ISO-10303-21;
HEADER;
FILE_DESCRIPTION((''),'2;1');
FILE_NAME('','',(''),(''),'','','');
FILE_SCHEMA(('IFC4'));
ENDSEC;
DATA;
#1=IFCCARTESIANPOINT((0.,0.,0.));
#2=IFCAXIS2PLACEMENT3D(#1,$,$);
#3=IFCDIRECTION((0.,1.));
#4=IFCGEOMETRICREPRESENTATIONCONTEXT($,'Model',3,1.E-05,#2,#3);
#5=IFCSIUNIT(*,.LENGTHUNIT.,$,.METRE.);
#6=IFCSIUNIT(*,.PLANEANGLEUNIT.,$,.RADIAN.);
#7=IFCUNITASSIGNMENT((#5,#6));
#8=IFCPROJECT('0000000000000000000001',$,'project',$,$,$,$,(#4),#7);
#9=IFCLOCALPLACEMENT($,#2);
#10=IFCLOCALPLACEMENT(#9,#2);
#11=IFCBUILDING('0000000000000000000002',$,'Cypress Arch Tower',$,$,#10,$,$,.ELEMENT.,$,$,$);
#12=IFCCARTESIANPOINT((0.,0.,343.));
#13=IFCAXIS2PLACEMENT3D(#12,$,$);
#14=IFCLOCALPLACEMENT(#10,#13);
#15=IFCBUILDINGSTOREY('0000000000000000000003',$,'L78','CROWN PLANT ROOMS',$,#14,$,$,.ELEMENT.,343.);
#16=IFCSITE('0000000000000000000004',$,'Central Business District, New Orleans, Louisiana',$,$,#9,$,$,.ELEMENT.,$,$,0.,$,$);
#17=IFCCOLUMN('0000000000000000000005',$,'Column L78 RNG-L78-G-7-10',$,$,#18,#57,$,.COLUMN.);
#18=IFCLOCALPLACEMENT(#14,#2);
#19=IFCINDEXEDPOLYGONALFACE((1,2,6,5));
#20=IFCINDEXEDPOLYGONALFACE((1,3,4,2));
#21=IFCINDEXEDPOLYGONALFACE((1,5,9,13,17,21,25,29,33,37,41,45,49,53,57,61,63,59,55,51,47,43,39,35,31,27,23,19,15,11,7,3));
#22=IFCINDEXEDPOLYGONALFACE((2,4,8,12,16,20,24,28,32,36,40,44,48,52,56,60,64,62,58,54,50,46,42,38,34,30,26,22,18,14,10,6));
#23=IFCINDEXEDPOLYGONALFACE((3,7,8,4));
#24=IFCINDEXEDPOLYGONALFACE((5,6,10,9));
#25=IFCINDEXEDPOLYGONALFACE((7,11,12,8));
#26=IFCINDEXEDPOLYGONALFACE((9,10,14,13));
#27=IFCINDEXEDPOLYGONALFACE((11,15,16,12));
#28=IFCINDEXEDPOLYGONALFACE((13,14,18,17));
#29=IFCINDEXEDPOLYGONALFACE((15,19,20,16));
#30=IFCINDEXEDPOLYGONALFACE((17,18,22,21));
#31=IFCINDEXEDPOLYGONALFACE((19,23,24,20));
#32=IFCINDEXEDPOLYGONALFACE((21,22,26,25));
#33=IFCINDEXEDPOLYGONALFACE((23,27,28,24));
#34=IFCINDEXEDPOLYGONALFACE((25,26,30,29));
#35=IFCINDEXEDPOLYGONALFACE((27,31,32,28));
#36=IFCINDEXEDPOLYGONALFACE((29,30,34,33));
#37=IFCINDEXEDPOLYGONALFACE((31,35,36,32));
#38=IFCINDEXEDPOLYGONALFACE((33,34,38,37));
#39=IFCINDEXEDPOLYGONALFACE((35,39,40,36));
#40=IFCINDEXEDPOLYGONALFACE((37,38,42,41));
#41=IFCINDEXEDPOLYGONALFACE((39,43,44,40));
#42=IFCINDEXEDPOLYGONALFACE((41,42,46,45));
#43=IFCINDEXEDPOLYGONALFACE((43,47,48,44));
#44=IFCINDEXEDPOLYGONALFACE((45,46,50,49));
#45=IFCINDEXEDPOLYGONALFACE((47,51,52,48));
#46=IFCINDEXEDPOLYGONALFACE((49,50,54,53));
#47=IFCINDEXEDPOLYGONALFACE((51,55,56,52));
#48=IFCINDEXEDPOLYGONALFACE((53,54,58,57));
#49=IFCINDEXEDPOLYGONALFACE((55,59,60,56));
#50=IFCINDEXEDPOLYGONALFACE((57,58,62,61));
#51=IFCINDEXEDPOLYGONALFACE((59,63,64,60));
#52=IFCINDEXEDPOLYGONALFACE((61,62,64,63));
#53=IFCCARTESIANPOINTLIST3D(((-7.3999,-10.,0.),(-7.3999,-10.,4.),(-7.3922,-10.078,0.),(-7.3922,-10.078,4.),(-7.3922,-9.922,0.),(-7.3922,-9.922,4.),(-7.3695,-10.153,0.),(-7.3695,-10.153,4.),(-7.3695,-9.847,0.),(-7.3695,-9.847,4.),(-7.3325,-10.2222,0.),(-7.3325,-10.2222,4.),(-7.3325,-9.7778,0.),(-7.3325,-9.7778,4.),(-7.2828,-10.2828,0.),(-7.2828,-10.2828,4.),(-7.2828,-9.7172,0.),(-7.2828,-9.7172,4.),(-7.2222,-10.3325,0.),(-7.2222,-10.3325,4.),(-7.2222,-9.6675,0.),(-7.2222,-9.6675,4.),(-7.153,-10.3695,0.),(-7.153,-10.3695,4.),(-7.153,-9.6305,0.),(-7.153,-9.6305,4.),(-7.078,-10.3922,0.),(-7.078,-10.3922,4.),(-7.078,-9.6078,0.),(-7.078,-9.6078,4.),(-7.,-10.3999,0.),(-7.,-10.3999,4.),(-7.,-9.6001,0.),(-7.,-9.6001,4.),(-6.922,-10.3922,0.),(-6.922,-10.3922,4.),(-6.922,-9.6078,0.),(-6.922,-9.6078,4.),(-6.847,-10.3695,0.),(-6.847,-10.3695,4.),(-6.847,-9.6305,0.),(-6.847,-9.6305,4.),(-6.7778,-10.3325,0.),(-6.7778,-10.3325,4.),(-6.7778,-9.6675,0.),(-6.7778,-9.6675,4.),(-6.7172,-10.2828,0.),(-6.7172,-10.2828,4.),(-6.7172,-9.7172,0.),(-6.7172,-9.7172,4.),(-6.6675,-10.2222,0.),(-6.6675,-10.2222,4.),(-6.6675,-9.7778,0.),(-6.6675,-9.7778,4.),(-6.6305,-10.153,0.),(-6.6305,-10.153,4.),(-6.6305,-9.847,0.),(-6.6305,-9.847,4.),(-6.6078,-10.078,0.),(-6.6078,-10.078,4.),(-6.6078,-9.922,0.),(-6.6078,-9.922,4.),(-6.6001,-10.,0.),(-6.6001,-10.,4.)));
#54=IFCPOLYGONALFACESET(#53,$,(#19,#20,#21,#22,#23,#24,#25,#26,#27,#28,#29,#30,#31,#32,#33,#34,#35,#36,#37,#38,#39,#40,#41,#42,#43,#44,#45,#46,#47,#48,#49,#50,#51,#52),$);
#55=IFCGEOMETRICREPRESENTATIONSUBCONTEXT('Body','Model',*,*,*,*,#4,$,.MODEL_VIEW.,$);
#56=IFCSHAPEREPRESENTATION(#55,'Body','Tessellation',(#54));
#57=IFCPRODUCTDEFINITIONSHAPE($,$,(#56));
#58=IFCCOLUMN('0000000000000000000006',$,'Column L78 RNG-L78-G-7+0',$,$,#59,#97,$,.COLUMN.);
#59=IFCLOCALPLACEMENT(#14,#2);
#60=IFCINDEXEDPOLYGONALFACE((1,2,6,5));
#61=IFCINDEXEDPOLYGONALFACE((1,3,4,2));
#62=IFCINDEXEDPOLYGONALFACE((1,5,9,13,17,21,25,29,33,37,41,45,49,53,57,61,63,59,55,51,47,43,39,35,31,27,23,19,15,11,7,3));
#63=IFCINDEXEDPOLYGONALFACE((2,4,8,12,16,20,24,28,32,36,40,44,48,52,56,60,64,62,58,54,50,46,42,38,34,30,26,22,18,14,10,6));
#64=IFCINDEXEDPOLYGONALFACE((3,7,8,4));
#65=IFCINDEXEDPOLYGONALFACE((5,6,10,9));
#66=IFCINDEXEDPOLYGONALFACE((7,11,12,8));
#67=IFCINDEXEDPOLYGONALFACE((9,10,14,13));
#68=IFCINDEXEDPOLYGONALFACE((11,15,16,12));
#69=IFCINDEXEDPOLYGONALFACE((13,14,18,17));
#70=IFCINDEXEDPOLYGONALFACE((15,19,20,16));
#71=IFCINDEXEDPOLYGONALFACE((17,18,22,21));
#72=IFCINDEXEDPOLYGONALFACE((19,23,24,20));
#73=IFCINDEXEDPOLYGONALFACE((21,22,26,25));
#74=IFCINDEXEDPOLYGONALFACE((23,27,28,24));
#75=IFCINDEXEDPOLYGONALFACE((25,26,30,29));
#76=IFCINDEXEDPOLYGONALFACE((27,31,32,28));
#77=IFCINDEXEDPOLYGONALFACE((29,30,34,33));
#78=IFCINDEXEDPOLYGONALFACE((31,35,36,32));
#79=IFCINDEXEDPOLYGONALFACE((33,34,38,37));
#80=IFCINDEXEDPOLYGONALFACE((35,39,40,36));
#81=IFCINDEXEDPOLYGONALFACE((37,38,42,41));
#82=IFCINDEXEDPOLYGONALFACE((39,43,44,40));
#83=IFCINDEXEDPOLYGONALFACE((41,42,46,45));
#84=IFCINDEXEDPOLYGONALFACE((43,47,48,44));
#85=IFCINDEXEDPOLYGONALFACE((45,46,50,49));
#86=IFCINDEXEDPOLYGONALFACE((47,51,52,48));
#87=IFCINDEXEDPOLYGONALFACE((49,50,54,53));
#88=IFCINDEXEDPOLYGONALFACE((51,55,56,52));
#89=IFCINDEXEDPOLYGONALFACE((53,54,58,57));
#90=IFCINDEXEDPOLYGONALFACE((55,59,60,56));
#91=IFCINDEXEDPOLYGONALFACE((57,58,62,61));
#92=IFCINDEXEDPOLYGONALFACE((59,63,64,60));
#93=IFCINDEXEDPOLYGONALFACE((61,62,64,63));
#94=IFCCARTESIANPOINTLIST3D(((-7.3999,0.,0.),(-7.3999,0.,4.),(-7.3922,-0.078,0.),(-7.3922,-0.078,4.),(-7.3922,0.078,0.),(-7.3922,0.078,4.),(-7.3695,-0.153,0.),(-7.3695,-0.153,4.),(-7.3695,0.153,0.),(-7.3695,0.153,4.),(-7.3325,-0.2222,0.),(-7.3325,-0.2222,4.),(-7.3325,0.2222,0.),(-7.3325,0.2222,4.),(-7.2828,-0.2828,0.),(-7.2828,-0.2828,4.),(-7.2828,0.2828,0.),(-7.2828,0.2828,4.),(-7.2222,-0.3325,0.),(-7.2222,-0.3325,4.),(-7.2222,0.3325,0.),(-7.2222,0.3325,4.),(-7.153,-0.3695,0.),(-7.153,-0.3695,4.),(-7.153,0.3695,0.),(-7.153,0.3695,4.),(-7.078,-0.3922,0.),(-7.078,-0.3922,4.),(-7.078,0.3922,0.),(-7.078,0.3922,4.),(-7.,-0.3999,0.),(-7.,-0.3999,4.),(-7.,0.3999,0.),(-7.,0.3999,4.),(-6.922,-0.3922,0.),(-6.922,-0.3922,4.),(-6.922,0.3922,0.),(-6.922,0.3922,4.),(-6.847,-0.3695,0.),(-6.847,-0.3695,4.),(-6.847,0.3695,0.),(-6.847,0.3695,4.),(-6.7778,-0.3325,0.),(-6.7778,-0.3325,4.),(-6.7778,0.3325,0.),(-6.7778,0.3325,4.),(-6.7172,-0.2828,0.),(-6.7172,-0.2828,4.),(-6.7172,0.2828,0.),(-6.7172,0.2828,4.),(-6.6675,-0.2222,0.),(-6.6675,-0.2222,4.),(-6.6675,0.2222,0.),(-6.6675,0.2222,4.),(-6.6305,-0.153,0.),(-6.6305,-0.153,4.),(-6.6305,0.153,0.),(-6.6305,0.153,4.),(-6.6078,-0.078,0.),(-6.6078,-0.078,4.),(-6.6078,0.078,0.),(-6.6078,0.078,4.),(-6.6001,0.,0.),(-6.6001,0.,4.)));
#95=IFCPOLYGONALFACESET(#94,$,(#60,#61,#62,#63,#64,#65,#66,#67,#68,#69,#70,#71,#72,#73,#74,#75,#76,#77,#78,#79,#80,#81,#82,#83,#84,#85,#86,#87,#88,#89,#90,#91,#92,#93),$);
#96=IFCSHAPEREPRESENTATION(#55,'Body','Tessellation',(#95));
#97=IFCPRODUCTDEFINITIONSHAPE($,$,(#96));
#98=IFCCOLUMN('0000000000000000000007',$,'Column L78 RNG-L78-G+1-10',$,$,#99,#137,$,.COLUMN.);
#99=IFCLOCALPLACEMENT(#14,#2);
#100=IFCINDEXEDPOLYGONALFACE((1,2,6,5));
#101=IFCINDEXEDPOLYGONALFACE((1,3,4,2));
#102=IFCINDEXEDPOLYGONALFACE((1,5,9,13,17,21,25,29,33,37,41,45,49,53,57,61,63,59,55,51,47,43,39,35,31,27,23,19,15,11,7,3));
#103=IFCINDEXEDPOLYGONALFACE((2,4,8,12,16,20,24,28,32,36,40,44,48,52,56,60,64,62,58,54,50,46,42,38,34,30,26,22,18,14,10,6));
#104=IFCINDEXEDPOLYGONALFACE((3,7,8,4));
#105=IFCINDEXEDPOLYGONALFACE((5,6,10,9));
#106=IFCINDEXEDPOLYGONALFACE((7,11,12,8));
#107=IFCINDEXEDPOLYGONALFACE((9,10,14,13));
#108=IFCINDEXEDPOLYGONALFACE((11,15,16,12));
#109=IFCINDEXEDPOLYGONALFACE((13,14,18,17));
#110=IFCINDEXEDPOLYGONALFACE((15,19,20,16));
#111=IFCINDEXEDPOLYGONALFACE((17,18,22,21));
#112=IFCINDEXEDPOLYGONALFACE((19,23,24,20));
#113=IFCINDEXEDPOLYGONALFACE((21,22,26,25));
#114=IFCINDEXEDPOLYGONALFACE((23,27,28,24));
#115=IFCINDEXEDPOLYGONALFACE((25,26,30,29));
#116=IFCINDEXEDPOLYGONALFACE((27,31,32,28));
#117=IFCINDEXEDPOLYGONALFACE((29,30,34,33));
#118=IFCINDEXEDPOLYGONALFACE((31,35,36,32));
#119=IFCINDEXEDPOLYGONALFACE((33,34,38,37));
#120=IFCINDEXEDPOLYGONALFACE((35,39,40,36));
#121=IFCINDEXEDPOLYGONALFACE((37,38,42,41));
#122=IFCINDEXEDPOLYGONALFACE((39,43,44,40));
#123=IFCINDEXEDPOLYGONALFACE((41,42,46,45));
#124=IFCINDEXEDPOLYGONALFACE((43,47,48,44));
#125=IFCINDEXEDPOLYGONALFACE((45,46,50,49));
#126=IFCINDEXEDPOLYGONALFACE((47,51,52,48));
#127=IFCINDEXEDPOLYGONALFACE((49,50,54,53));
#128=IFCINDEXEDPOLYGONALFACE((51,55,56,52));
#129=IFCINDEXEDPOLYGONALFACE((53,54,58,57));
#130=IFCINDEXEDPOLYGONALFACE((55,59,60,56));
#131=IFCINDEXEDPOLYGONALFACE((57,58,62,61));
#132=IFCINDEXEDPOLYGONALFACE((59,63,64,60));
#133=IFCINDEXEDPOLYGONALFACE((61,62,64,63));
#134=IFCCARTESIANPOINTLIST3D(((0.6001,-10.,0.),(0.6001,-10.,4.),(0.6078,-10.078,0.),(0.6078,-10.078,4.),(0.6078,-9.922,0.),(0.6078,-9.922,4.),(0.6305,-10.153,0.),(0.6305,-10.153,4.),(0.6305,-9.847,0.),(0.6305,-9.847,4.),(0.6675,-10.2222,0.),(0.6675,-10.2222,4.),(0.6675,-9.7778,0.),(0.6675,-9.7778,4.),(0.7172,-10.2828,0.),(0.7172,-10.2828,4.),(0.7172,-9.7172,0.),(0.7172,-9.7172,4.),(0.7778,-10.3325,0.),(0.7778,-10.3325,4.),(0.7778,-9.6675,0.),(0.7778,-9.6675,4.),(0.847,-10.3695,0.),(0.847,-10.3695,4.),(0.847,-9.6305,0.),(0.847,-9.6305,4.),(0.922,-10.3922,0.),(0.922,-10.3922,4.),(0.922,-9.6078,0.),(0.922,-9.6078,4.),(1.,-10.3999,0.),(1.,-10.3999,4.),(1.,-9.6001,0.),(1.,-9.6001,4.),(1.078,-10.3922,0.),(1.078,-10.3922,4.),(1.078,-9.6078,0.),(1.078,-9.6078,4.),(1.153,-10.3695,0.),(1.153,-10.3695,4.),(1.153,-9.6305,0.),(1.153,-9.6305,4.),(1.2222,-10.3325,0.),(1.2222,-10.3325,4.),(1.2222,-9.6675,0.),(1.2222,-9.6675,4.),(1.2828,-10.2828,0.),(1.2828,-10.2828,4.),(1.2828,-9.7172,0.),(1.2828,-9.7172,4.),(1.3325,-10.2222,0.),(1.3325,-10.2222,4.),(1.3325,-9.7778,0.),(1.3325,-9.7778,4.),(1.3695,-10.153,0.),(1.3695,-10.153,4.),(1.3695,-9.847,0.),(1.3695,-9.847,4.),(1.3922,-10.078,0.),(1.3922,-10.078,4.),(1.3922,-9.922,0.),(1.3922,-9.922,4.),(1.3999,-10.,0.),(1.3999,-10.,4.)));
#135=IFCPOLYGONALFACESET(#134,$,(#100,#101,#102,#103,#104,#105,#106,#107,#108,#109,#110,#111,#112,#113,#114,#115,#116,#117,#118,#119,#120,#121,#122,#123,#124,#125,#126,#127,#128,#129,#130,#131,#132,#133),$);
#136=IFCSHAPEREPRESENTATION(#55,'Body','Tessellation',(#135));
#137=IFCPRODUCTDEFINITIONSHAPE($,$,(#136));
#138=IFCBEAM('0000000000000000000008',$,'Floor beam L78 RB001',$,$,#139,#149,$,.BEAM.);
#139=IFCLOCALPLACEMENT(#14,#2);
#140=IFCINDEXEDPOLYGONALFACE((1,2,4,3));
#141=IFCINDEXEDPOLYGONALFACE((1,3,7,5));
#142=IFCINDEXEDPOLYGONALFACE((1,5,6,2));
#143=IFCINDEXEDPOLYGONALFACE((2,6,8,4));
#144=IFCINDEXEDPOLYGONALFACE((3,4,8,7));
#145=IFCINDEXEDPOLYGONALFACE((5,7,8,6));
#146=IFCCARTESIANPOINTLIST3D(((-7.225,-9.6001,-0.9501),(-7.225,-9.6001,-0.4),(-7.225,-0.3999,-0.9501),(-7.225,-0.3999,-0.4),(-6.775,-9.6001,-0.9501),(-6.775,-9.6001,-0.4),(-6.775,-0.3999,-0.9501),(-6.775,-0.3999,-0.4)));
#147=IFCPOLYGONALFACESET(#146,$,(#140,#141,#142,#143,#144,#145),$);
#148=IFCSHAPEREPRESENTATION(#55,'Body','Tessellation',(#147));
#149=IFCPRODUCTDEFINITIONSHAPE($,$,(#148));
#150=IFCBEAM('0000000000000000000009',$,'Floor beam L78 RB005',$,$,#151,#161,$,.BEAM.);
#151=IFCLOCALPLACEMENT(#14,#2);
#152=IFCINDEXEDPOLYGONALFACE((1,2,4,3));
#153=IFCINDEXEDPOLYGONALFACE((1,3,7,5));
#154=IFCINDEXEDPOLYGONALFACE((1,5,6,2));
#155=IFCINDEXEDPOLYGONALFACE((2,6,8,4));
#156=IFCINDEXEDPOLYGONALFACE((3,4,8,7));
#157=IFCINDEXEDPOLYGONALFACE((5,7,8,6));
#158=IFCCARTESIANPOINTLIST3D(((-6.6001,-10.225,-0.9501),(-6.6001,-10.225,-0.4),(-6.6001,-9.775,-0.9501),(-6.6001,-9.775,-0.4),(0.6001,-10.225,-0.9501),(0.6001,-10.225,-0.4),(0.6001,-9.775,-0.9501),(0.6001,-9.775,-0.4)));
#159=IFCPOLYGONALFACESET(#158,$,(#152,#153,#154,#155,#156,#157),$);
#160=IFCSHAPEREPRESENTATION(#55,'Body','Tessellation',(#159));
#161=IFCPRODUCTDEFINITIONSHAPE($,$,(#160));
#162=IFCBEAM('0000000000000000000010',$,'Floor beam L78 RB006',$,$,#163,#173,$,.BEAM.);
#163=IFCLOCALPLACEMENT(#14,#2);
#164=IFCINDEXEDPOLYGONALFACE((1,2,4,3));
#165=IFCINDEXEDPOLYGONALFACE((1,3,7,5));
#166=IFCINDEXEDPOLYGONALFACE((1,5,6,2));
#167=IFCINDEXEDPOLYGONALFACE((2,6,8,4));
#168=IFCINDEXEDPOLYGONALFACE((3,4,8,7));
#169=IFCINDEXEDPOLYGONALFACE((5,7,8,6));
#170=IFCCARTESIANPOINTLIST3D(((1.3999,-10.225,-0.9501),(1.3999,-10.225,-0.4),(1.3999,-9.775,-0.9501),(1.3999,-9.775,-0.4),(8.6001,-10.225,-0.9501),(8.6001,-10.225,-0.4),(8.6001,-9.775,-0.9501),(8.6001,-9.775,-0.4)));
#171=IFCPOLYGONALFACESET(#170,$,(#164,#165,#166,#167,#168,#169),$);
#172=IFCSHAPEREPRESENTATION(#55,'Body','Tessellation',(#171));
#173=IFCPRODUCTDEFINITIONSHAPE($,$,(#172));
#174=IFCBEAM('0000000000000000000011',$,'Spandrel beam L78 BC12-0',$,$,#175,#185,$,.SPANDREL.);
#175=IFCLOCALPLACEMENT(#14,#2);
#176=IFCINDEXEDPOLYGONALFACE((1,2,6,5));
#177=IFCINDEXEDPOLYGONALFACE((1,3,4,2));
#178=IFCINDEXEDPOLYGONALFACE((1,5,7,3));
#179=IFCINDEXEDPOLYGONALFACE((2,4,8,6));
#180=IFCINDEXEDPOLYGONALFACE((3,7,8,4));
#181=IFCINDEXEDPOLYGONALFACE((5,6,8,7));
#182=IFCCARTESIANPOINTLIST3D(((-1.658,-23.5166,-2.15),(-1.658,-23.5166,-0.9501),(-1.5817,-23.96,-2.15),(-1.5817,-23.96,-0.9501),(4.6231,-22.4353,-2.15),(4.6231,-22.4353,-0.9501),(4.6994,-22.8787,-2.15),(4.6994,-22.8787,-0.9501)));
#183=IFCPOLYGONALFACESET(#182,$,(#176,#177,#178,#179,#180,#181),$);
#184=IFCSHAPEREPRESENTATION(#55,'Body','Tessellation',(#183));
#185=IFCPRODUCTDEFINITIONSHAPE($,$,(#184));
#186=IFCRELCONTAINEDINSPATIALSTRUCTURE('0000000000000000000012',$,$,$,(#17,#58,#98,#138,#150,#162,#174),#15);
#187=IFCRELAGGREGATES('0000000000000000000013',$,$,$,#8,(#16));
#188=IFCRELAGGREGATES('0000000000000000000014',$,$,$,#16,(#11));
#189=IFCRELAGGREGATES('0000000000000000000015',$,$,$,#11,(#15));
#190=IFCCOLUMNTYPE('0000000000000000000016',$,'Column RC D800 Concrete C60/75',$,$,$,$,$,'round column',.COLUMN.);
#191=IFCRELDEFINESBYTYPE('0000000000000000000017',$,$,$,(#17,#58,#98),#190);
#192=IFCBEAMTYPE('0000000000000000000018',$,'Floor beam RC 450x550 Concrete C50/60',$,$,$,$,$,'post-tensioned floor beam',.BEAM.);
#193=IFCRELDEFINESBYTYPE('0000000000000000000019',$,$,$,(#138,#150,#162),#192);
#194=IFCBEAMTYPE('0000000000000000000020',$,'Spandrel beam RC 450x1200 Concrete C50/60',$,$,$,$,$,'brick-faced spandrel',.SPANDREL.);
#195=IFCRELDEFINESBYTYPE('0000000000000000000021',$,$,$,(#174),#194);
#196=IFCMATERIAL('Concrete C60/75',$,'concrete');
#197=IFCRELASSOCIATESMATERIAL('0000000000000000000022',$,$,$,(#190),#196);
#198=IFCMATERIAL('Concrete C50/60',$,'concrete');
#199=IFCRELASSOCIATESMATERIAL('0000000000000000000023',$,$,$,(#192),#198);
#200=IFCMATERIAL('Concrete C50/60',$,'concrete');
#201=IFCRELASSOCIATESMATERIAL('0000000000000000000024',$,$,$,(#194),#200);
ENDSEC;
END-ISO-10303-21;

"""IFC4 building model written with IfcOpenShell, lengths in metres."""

from ifc_helpers import new_model, si_unit, direction, frame, origin, origin_2d, place, context, subcontext, project, spatial, rectangle, circle, extrude, material, material_profile, profile_set, type_object, element, save


model = new_model("IFC4")

# Units and contexts
model_context = context("Model", 3, precision=1e-05, world=origin(), true_north=direction((0.0, 1.0)))
body_context = subcontext(model_context, "Body", "Model", "MODEL_VIEW")
ifc_project = project(units=[si_unit("LENGTHUNIT", "METRE"), si_unit("PLANEANGLEUNIT", "RADIAN")], contexts=[model_context])

# Site, building, storey
site_placement = place(None, origin())
site = spatial("IfcSite", under=ifc_project, at=site_placement, Name="Central Business District, New Orleans, Louisiana", CompositionType="ELEMENT", RefElevation=0.0)
building_placement = place(site_placement, origin())
building = spatial("IfcBuilding", under=site, at=building_placement, Name="Cypress Arch Tower", CompositionType="ELEMENT")
storey_placement = place(building_placement, frame((0.0, 0.0, 343.0)))
storey = spatial("IfcBuildingStorey", under=building, at=storey_placement, Name="L78", Description="CROWN PLANT ROOMS", CompositionType="ELEMENT", Elevation=343.0)

# Columns
ifc_material_1 = material(Name="Concrete C60/75", Category="concrete")
ifc_material_profile_1 = material_profile(ifc_material_1, circle(Radius=0.3999, at=origin_2d()), Name="RC D800")
ifc_profile_set_1 = profile_set([ifc_material_profile_1], Name="Concrete C60/75")
column_type = type_object("IfcColumnType", Name="Column RC D800 Concrete C60/75", ElementType="round column", PredefinedType="COLUMN", material=ifc_profile_set_1)
for number, where, z_axis, x_axis, name in (
    (1, (-7.0, -10.0, 0.0), (0.0, 0.0, 1.0), (1.0, 0.0, 0.0), "Column L78 RNG-L78-G-7-10"),
    (2, (-7.0, 0.0, 0.0), (0.0, 0.0, 1.0), (1.0, 0.0, 0.0), "Column L78 RNG-L78-G-7+0"),
    (3, (1.0, -10.0, 0.0), (0.0, 0.0, 1.0), (1.0, 0.0, 0.0), "Column L78 RNG-L78-G+1-10"),
):
    element("IfcColumn", number, at=place(storey_placement, frame(where, z_axis=z_axis, x_axis=x_axis)), inside=storey, type_object=column_type, Name=name, PredefinedType="COLUMN", context=body_context, shape_type="SweptSolid", body=[
        extrude(circle(Radius=0.3999, at=origin_2d()), origin(), (0.0, 0.0, 1.0), 4.0),
    ])

# Beams
ifc_material_2 = material(Name="Concrete C50/60", Category="concrete")
ifc_material_profile_2 = material_profile(ifc_material_2, rectangle(XDim=0.45, YDim=0.55, at=origin_2d()), Name="RC 450x550")
ifc_profile_set_2 = profile_set([ifc_material_profile_2], Name="Concrete C50/60")
beam_type_1 = type_object("IfcBeamType", Name="Floor beam RC 450x550 Concrete C50/60", ElementType="post-tensioned floor beam", PredefinedType="BEAM", material=ifc_profile_set_2)
beam_1_placement = place(storey_placement, frame((-7.0, -9.6001, -0.675), z_axis=(0.0, 1.0, 0.0), x_axis=(-1.0, 0.0, 0.0)))
element("IfcBeam", 4, at=beam_1_placement, inside=storey, type_object=beam_type_1, Name="Floor beam L78 RB001", PredefinedType="BEAM", context=body_context, shape_type="SweptSolid", body=[
    extrude(rectangle(XDim=0.45, YDim=0.55, at=origin_2d()), origin(), (0.0, 0.0, 1.0), 9.2002),
])
for number, where, z_axis, x_axis, name in (
    (5, (-6.6001, -10.0, -0.675), (1.0, 0.0, 0.0), (0.0, 1.0, 0.0), "Floor beam L78 RB005"),
    (6, (1.3999, -10.0, -0.675), (1.0, 0.0, 0.0), (0.0, 1.0, 0.0), "Floor beam L78 RB006"),
):
    element("IfcBeam", number, at=place(storey_placement, frame(where, z_axis=z_axis, x_axis=x_axis)), inside=storey, type_object=beam_type_1, Name=name, PredefinedType="BEAM", context=body_context, shape_type="SweptSolid", body=[
        extrude(rectangle(XDim=0.45, YDim=0.55, at=origin_2d()), origin(), (0.0, 0.0, 1.0), 7.2002),
    ])
ifc_material_3 = material(Name="Concrete C50/60", Category="concrete")
ifc_material_profile_3 = material_profile(ifc_material_3, rectangle(XDim=0.45, YDim=1.2, at=origin_2d()), Name="RC 450x1200")
ifc_profile_set_3 = profile_set([ifc_material_profile_3], Name="Concrete C50/60")
beam_type_2 = type_object("IfcBeamType", Name="Spandrel beam RC 450x1200 Concrete C50/60", ElementType="brick-faced spandrel", PredefinedType="SPANDREL", material=ifc_profile_set_3)
beam_2_placement = place(storey_placement, frame((-1.6199, -23.7383, -1.55), z_axis=(0.985504, 0.169652, 0.0), x_axis=(-0.169652, 0.985504, 0.0)))
element("IfcBeam", 7, at=beam_2_placement, inside=storey, type_object=beam_type_2, Name="Spandrel beam L78 BC12-0", PredefinedType="SPANDREL", context=body_context, shape_type="SweptSolid", body=[
    extrude(rectangle(XDim=0.45, YDim=1.2, at=origin_2d()), origin(), (0.0, 0.0, 1.0), 6.3735),
])

save(model, "model.ifc")
